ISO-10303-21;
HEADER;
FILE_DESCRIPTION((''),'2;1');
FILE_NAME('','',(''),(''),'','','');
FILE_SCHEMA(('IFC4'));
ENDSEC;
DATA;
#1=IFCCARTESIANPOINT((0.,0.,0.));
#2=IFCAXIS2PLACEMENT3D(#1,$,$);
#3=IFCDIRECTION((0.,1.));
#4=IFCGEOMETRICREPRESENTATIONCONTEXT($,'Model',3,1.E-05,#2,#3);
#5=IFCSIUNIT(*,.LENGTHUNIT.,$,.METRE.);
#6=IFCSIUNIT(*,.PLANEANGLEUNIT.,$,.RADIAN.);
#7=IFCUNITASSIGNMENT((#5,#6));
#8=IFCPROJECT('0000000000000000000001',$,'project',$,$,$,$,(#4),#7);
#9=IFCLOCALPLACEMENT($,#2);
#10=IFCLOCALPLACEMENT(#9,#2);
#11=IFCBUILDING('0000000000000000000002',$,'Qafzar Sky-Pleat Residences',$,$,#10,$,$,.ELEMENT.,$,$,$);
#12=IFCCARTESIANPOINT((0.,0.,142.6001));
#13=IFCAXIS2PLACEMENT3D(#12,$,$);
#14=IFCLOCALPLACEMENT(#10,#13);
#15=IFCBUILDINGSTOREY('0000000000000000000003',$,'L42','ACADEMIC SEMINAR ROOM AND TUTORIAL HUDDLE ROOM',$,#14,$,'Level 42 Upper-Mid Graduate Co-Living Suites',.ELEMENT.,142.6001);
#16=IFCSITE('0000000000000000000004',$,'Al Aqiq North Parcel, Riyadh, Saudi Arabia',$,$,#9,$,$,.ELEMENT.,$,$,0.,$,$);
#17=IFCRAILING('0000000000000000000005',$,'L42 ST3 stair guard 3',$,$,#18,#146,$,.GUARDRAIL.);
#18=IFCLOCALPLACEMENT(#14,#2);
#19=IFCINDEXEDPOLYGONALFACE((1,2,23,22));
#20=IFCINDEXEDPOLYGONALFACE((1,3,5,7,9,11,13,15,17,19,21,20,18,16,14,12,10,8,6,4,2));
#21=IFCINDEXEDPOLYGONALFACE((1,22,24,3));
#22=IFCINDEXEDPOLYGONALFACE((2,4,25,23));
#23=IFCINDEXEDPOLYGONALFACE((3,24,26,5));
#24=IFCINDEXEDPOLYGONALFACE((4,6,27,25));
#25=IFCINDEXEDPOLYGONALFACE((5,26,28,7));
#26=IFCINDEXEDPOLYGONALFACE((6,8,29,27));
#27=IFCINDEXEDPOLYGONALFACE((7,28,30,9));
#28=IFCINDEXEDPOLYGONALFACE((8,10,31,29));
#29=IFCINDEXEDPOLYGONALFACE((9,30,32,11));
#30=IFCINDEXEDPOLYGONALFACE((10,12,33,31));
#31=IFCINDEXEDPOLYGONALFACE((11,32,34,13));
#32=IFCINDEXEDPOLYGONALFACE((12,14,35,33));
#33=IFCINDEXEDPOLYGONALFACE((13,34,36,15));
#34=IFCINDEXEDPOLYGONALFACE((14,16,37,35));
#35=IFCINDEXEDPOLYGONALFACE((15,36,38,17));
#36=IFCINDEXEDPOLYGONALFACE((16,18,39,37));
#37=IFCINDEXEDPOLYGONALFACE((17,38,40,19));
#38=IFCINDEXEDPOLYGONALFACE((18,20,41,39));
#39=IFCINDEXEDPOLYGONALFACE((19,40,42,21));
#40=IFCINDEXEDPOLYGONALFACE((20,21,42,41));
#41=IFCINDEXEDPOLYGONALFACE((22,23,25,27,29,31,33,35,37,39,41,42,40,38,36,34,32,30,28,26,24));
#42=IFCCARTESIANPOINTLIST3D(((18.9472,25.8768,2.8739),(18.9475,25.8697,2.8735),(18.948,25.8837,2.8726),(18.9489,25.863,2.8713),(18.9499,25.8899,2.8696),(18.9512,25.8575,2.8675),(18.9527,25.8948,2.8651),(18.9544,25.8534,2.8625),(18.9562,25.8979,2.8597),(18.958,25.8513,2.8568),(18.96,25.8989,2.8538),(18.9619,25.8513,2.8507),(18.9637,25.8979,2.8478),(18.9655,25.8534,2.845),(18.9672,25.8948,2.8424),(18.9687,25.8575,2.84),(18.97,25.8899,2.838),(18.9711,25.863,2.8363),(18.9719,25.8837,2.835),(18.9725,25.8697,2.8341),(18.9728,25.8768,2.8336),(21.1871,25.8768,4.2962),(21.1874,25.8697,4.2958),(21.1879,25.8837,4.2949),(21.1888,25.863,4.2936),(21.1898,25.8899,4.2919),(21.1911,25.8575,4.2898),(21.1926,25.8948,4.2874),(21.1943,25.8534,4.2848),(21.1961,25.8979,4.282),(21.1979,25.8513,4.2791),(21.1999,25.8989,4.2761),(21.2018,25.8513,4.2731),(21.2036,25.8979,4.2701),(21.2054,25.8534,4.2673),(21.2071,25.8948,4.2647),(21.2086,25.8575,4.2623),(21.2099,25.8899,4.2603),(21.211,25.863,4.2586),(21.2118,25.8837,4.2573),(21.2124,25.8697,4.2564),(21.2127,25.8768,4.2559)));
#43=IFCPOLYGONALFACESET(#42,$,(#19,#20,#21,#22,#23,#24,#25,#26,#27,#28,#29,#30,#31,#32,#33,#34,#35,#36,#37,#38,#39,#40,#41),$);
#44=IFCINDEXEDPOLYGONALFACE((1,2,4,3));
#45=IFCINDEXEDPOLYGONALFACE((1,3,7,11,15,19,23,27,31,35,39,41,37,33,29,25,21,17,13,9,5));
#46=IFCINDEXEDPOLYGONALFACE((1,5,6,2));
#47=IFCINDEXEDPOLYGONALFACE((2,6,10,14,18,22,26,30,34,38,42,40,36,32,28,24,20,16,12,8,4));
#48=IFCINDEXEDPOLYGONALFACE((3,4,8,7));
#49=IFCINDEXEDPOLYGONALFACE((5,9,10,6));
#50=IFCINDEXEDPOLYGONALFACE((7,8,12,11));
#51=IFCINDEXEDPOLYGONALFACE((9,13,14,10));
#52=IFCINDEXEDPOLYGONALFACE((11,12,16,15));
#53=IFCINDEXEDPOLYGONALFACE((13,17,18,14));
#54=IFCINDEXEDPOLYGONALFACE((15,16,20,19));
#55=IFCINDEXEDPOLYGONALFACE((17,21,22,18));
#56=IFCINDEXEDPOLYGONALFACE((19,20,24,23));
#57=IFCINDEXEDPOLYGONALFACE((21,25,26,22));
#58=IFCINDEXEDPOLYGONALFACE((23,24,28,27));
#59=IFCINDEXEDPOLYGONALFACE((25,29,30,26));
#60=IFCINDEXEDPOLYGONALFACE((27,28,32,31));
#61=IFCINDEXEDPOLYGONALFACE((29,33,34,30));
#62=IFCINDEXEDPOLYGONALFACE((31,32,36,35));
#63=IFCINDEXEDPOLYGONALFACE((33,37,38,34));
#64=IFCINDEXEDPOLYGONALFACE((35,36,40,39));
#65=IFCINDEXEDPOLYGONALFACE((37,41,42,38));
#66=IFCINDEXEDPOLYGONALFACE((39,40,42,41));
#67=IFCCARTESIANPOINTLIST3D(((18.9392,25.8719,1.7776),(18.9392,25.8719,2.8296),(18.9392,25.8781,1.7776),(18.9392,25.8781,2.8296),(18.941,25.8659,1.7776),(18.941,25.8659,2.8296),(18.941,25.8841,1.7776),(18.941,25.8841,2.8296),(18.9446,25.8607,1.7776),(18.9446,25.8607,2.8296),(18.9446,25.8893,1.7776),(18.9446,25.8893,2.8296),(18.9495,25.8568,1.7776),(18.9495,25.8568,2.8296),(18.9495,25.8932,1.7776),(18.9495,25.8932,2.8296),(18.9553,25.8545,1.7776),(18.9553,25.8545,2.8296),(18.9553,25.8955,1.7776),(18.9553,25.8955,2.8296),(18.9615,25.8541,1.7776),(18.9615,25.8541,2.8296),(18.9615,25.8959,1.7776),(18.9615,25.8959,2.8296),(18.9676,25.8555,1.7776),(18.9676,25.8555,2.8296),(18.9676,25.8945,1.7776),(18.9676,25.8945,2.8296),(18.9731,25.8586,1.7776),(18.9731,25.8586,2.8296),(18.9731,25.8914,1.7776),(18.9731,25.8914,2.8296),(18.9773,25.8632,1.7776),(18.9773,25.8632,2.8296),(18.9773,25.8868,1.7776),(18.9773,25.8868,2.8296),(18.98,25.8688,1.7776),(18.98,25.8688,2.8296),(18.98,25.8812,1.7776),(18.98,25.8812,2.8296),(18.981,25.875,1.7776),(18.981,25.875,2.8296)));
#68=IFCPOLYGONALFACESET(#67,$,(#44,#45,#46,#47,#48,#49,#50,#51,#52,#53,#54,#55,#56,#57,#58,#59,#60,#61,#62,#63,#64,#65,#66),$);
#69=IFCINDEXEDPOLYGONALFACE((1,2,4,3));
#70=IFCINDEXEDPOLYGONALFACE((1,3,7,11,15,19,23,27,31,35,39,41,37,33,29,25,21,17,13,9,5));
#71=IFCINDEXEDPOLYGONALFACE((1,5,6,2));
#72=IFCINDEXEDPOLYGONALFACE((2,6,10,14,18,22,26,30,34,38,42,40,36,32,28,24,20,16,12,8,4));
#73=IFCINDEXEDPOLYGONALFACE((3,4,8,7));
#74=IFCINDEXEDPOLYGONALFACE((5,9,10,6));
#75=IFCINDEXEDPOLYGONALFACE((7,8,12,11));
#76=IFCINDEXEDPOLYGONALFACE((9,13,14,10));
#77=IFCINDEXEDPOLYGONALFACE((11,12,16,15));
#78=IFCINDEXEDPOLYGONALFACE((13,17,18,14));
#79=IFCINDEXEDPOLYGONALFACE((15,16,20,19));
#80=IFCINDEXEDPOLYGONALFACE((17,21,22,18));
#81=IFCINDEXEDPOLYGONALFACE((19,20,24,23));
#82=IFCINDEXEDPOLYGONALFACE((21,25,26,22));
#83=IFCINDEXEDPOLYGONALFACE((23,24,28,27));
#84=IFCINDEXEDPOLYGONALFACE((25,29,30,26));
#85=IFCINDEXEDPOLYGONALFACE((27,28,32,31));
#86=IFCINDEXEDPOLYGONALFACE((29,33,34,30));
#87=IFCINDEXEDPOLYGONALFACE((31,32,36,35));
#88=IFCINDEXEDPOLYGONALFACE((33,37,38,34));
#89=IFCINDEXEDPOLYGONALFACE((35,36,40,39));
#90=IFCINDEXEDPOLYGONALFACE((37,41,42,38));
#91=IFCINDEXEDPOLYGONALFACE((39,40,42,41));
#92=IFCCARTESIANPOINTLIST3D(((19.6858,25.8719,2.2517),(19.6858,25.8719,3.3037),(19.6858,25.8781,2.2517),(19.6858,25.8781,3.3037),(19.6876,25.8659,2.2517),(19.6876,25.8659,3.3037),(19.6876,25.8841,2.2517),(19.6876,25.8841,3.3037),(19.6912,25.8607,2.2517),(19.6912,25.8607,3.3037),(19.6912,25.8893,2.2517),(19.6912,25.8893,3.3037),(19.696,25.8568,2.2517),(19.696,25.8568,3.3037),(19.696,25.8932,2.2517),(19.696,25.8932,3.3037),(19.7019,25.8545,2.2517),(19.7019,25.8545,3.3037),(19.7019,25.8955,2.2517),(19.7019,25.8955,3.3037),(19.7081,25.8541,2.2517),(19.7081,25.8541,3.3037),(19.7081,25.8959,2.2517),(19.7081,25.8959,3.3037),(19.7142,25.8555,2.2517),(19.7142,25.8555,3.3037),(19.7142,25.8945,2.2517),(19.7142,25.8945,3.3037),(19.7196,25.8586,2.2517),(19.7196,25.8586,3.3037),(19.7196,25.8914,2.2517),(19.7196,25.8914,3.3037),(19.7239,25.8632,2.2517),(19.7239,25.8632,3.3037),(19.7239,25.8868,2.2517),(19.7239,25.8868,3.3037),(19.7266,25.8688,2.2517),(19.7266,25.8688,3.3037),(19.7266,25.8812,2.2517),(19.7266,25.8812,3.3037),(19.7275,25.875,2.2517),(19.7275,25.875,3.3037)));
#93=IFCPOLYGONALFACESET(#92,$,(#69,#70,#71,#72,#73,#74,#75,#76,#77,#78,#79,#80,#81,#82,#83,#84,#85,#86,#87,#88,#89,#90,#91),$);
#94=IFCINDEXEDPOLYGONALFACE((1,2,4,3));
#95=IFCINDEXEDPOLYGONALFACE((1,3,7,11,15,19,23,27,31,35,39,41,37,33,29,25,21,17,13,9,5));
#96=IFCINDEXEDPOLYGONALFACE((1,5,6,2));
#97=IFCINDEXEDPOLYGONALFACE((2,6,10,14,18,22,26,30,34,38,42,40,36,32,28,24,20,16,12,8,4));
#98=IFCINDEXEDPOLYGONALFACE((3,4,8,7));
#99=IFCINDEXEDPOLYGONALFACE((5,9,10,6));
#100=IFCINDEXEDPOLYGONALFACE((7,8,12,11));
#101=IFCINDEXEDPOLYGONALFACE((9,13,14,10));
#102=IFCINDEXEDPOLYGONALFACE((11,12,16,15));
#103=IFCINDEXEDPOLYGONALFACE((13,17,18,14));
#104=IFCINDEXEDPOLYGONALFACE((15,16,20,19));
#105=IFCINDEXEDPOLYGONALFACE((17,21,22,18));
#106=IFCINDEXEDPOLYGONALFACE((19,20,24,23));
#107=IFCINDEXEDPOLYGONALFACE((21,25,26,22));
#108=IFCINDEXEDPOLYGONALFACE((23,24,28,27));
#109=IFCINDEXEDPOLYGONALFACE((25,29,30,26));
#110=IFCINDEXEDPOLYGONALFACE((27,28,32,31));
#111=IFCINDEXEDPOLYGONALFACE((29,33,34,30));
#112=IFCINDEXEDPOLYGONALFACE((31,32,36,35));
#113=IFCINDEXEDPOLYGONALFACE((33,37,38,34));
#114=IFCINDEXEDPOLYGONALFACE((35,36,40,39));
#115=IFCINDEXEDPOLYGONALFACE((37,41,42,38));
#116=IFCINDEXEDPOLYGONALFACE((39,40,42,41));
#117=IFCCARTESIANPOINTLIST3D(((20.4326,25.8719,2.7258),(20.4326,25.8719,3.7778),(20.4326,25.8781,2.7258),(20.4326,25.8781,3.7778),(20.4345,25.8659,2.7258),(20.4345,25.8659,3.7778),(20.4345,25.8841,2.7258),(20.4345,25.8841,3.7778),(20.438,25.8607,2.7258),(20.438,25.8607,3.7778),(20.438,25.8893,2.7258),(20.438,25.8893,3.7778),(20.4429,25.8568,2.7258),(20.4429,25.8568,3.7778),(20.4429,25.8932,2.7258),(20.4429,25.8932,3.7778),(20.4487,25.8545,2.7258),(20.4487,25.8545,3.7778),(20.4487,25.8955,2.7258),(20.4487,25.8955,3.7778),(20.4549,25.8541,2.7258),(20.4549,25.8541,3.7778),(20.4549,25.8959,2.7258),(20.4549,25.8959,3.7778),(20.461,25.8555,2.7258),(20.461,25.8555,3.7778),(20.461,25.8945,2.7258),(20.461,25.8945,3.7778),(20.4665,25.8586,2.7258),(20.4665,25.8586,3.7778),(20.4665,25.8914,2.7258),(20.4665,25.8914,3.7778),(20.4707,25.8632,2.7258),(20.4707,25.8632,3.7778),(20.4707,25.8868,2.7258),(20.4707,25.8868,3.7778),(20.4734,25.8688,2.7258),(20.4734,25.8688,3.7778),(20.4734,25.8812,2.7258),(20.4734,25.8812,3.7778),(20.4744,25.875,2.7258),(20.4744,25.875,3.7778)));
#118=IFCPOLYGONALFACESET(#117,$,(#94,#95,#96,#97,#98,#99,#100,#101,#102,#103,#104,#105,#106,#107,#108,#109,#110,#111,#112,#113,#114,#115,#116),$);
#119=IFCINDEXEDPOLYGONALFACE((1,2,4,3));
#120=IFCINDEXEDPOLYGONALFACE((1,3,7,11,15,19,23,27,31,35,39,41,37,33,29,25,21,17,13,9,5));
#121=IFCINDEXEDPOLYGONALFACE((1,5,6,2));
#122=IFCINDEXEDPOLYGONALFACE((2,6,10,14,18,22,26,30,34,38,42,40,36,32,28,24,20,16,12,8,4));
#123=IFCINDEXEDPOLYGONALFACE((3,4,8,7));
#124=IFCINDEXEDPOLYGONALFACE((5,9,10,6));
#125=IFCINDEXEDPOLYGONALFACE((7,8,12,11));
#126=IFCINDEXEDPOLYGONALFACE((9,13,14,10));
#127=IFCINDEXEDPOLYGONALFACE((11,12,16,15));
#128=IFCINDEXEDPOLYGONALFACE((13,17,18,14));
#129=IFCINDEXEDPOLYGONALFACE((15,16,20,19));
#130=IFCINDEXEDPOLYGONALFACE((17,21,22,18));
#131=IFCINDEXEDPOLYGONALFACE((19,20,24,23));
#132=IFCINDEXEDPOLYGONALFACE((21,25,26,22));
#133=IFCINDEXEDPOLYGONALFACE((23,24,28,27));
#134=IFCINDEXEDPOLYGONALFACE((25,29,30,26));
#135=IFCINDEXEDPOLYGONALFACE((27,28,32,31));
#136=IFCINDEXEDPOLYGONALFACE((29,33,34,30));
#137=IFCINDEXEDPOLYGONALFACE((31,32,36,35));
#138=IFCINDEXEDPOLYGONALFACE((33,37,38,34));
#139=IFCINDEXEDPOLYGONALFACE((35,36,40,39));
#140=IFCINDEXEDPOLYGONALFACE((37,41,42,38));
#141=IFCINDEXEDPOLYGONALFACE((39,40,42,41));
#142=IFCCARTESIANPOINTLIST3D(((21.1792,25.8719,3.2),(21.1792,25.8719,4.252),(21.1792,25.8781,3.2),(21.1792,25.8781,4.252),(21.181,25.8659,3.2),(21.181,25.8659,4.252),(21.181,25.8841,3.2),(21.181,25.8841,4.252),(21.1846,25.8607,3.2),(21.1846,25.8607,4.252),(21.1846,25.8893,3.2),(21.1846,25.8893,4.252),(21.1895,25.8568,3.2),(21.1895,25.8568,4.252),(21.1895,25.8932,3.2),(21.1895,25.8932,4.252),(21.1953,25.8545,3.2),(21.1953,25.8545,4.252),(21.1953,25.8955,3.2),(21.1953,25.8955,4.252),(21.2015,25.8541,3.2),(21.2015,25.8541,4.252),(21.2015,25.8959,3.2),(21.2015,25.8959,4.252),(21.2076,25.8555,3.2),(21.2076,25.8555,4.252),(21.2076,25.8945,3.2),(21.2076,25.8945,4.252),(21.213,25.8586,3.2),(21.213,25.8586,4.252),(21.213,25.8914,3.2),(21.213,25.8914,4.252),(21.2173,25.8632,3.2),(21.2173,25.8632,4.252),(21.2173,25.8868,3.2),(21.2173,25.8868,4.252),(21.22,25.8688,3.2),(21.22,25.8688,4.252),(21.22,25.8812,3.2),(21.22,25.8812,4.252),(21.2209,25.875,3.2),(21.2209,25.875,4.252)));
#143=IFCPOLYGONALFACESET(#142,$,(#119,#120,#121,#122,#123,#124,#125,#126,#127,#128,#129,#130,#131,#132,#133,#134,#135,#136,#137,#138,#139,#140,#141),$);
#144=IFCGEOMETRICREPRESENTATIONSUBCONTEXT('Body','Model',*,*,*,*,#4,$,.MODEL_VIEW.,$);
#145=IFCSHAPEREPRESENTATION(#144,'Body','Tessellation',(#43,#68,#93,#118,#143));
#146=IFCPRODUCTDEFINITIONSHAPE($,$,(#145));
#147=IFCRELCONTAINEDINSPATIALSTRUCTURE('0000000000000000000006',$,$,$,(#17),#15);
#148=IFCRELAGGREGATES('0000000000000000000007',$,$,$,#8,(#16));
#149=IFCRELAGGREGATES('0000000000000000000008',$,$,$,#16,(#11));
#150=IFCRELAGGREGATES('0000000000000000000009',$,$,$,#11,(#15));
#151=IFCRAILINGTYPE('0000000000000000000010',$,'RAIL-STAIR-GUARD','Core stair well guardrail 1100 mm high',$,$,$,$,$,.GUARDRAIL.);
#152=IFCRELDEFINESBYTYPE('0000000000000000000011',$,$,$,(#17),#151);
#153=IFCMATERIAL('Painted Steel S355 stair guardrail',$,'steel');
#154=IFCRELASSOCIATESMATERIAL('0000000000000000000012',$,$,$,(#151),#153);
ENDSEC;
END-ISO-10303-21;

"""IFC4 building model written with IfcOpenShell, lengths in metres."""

from ifc_helpers import new_model, si_unit, direction, frame, origin, origin_2d, place, context, subcontext, project, spatial, circle, extrude, source, transform, mapped, material, type_object, element, save


model = new_model("IFC4")

# Units and contexts
model_context = context("Model", 3, precision=1e-05, world=origin(), true_north=direction((0.0, 1.0)))
body_context = subcontext(model_context, "Body", "Model", "MODEL_VIEW")
ifc_project = project(units=[si_unit("LENGTHUNIT", "METRE"), si_unit("PLANEANGLEUNIT", "RADIAN")], contexts=[model_context])

# Site, building, storey
site_placement = place(None, origin())
site = spatial("IfcSite", under=ifc_project, at=site_placement, Name="Al Aqiq North Parcel, Riyadh, Saudi Arabia", CompositionType="ELEMENT", RefElevation=0.0)
building_placement = place(site_placement, origin())
building = spatial("IfcBuilding", under=site, at=building_placement, Name="Qafzar Sky-Pleat Residences", CompositionType="ELEMENT")
storey_placement = place(building_placement, frame((0.0, 0.0, 142.6001)))
storey = spatial("IfcBuildingStorey", under=building, at=storey_placement, Name="L42", Description="ACADEMIC SEMINAR ROOM AND TUTORIAL HUDDLE ROOM", LongName="Level 42 Upper-Mid Graduate Co-Living Suites", CompositionType="ELEMENT", Elevation=142.6001)

# Railing
ifc_material_1 = material(Name="Painted Steel S355 stair guardrail", Category="steel")
railing_type_1 = type_object("IfcRailingType", Name="RAIL-STAIR-GUARD", Description="Core stair well guardrail 1100 mm high", PredefinedType="GUARDRAIL", material=ifc_material_1)
shared_shape_1 = source(origin(), body_context, "Body", "SweptSolid", [
    extrude(circle(Radius=0.0239, at=origin_2d()), frame((0.0, 0.0, 1.0762), z_axis=(0.844188, 0.0, 0.536048), x_axis=(0.0, 1.0, 0.0)), (0.0, 0.0, 1.0), 2.6533),
    extrude(circle(Radius=0.021, at=origin_2d()), origin(), (0.0, 0.0, 1.0), 1.052),
    extrude(circle(Radius=0.021, at=origin_2d()), frame((0.7466, 0.0, 0.4741)), (0.0, 0.0, 1.0), 1.052),
    extrude(circle(Radius=0.021, at=origin_2d()), frame((1.4934, 0.0, 0.9482)), (0.0, 0.0, 1.0), 1.052),
    extrude(circle(Radius=0.021, at=origin_2d()), frame((2.24, 0.0, 1.4224)), (0.0, 0.0, 1.0), 1.052),
])
railing_1_placement = place(storey_placement, frame((18.96, 25.875, 1.7776)))
element("IfcRailing", 1, at=railing_1_placement, inside=storey, type_object=railing_type_1, Name="L42 ST3 stair guard 3", PredefinedType="GUARDRAIL", context=body_context, shape_type="MappedRepresentation", body=[
    mapped(shared_shape_1, transform((0.0, 0.0, 0.0), x_axis=(1.0, 0.0, 0.0), y_axis=(0.0, 1.0, 0.0), z_axis=(0.0, 0.0, 1.0), scale=1.0)),
])

save(model, "model.ifc")
